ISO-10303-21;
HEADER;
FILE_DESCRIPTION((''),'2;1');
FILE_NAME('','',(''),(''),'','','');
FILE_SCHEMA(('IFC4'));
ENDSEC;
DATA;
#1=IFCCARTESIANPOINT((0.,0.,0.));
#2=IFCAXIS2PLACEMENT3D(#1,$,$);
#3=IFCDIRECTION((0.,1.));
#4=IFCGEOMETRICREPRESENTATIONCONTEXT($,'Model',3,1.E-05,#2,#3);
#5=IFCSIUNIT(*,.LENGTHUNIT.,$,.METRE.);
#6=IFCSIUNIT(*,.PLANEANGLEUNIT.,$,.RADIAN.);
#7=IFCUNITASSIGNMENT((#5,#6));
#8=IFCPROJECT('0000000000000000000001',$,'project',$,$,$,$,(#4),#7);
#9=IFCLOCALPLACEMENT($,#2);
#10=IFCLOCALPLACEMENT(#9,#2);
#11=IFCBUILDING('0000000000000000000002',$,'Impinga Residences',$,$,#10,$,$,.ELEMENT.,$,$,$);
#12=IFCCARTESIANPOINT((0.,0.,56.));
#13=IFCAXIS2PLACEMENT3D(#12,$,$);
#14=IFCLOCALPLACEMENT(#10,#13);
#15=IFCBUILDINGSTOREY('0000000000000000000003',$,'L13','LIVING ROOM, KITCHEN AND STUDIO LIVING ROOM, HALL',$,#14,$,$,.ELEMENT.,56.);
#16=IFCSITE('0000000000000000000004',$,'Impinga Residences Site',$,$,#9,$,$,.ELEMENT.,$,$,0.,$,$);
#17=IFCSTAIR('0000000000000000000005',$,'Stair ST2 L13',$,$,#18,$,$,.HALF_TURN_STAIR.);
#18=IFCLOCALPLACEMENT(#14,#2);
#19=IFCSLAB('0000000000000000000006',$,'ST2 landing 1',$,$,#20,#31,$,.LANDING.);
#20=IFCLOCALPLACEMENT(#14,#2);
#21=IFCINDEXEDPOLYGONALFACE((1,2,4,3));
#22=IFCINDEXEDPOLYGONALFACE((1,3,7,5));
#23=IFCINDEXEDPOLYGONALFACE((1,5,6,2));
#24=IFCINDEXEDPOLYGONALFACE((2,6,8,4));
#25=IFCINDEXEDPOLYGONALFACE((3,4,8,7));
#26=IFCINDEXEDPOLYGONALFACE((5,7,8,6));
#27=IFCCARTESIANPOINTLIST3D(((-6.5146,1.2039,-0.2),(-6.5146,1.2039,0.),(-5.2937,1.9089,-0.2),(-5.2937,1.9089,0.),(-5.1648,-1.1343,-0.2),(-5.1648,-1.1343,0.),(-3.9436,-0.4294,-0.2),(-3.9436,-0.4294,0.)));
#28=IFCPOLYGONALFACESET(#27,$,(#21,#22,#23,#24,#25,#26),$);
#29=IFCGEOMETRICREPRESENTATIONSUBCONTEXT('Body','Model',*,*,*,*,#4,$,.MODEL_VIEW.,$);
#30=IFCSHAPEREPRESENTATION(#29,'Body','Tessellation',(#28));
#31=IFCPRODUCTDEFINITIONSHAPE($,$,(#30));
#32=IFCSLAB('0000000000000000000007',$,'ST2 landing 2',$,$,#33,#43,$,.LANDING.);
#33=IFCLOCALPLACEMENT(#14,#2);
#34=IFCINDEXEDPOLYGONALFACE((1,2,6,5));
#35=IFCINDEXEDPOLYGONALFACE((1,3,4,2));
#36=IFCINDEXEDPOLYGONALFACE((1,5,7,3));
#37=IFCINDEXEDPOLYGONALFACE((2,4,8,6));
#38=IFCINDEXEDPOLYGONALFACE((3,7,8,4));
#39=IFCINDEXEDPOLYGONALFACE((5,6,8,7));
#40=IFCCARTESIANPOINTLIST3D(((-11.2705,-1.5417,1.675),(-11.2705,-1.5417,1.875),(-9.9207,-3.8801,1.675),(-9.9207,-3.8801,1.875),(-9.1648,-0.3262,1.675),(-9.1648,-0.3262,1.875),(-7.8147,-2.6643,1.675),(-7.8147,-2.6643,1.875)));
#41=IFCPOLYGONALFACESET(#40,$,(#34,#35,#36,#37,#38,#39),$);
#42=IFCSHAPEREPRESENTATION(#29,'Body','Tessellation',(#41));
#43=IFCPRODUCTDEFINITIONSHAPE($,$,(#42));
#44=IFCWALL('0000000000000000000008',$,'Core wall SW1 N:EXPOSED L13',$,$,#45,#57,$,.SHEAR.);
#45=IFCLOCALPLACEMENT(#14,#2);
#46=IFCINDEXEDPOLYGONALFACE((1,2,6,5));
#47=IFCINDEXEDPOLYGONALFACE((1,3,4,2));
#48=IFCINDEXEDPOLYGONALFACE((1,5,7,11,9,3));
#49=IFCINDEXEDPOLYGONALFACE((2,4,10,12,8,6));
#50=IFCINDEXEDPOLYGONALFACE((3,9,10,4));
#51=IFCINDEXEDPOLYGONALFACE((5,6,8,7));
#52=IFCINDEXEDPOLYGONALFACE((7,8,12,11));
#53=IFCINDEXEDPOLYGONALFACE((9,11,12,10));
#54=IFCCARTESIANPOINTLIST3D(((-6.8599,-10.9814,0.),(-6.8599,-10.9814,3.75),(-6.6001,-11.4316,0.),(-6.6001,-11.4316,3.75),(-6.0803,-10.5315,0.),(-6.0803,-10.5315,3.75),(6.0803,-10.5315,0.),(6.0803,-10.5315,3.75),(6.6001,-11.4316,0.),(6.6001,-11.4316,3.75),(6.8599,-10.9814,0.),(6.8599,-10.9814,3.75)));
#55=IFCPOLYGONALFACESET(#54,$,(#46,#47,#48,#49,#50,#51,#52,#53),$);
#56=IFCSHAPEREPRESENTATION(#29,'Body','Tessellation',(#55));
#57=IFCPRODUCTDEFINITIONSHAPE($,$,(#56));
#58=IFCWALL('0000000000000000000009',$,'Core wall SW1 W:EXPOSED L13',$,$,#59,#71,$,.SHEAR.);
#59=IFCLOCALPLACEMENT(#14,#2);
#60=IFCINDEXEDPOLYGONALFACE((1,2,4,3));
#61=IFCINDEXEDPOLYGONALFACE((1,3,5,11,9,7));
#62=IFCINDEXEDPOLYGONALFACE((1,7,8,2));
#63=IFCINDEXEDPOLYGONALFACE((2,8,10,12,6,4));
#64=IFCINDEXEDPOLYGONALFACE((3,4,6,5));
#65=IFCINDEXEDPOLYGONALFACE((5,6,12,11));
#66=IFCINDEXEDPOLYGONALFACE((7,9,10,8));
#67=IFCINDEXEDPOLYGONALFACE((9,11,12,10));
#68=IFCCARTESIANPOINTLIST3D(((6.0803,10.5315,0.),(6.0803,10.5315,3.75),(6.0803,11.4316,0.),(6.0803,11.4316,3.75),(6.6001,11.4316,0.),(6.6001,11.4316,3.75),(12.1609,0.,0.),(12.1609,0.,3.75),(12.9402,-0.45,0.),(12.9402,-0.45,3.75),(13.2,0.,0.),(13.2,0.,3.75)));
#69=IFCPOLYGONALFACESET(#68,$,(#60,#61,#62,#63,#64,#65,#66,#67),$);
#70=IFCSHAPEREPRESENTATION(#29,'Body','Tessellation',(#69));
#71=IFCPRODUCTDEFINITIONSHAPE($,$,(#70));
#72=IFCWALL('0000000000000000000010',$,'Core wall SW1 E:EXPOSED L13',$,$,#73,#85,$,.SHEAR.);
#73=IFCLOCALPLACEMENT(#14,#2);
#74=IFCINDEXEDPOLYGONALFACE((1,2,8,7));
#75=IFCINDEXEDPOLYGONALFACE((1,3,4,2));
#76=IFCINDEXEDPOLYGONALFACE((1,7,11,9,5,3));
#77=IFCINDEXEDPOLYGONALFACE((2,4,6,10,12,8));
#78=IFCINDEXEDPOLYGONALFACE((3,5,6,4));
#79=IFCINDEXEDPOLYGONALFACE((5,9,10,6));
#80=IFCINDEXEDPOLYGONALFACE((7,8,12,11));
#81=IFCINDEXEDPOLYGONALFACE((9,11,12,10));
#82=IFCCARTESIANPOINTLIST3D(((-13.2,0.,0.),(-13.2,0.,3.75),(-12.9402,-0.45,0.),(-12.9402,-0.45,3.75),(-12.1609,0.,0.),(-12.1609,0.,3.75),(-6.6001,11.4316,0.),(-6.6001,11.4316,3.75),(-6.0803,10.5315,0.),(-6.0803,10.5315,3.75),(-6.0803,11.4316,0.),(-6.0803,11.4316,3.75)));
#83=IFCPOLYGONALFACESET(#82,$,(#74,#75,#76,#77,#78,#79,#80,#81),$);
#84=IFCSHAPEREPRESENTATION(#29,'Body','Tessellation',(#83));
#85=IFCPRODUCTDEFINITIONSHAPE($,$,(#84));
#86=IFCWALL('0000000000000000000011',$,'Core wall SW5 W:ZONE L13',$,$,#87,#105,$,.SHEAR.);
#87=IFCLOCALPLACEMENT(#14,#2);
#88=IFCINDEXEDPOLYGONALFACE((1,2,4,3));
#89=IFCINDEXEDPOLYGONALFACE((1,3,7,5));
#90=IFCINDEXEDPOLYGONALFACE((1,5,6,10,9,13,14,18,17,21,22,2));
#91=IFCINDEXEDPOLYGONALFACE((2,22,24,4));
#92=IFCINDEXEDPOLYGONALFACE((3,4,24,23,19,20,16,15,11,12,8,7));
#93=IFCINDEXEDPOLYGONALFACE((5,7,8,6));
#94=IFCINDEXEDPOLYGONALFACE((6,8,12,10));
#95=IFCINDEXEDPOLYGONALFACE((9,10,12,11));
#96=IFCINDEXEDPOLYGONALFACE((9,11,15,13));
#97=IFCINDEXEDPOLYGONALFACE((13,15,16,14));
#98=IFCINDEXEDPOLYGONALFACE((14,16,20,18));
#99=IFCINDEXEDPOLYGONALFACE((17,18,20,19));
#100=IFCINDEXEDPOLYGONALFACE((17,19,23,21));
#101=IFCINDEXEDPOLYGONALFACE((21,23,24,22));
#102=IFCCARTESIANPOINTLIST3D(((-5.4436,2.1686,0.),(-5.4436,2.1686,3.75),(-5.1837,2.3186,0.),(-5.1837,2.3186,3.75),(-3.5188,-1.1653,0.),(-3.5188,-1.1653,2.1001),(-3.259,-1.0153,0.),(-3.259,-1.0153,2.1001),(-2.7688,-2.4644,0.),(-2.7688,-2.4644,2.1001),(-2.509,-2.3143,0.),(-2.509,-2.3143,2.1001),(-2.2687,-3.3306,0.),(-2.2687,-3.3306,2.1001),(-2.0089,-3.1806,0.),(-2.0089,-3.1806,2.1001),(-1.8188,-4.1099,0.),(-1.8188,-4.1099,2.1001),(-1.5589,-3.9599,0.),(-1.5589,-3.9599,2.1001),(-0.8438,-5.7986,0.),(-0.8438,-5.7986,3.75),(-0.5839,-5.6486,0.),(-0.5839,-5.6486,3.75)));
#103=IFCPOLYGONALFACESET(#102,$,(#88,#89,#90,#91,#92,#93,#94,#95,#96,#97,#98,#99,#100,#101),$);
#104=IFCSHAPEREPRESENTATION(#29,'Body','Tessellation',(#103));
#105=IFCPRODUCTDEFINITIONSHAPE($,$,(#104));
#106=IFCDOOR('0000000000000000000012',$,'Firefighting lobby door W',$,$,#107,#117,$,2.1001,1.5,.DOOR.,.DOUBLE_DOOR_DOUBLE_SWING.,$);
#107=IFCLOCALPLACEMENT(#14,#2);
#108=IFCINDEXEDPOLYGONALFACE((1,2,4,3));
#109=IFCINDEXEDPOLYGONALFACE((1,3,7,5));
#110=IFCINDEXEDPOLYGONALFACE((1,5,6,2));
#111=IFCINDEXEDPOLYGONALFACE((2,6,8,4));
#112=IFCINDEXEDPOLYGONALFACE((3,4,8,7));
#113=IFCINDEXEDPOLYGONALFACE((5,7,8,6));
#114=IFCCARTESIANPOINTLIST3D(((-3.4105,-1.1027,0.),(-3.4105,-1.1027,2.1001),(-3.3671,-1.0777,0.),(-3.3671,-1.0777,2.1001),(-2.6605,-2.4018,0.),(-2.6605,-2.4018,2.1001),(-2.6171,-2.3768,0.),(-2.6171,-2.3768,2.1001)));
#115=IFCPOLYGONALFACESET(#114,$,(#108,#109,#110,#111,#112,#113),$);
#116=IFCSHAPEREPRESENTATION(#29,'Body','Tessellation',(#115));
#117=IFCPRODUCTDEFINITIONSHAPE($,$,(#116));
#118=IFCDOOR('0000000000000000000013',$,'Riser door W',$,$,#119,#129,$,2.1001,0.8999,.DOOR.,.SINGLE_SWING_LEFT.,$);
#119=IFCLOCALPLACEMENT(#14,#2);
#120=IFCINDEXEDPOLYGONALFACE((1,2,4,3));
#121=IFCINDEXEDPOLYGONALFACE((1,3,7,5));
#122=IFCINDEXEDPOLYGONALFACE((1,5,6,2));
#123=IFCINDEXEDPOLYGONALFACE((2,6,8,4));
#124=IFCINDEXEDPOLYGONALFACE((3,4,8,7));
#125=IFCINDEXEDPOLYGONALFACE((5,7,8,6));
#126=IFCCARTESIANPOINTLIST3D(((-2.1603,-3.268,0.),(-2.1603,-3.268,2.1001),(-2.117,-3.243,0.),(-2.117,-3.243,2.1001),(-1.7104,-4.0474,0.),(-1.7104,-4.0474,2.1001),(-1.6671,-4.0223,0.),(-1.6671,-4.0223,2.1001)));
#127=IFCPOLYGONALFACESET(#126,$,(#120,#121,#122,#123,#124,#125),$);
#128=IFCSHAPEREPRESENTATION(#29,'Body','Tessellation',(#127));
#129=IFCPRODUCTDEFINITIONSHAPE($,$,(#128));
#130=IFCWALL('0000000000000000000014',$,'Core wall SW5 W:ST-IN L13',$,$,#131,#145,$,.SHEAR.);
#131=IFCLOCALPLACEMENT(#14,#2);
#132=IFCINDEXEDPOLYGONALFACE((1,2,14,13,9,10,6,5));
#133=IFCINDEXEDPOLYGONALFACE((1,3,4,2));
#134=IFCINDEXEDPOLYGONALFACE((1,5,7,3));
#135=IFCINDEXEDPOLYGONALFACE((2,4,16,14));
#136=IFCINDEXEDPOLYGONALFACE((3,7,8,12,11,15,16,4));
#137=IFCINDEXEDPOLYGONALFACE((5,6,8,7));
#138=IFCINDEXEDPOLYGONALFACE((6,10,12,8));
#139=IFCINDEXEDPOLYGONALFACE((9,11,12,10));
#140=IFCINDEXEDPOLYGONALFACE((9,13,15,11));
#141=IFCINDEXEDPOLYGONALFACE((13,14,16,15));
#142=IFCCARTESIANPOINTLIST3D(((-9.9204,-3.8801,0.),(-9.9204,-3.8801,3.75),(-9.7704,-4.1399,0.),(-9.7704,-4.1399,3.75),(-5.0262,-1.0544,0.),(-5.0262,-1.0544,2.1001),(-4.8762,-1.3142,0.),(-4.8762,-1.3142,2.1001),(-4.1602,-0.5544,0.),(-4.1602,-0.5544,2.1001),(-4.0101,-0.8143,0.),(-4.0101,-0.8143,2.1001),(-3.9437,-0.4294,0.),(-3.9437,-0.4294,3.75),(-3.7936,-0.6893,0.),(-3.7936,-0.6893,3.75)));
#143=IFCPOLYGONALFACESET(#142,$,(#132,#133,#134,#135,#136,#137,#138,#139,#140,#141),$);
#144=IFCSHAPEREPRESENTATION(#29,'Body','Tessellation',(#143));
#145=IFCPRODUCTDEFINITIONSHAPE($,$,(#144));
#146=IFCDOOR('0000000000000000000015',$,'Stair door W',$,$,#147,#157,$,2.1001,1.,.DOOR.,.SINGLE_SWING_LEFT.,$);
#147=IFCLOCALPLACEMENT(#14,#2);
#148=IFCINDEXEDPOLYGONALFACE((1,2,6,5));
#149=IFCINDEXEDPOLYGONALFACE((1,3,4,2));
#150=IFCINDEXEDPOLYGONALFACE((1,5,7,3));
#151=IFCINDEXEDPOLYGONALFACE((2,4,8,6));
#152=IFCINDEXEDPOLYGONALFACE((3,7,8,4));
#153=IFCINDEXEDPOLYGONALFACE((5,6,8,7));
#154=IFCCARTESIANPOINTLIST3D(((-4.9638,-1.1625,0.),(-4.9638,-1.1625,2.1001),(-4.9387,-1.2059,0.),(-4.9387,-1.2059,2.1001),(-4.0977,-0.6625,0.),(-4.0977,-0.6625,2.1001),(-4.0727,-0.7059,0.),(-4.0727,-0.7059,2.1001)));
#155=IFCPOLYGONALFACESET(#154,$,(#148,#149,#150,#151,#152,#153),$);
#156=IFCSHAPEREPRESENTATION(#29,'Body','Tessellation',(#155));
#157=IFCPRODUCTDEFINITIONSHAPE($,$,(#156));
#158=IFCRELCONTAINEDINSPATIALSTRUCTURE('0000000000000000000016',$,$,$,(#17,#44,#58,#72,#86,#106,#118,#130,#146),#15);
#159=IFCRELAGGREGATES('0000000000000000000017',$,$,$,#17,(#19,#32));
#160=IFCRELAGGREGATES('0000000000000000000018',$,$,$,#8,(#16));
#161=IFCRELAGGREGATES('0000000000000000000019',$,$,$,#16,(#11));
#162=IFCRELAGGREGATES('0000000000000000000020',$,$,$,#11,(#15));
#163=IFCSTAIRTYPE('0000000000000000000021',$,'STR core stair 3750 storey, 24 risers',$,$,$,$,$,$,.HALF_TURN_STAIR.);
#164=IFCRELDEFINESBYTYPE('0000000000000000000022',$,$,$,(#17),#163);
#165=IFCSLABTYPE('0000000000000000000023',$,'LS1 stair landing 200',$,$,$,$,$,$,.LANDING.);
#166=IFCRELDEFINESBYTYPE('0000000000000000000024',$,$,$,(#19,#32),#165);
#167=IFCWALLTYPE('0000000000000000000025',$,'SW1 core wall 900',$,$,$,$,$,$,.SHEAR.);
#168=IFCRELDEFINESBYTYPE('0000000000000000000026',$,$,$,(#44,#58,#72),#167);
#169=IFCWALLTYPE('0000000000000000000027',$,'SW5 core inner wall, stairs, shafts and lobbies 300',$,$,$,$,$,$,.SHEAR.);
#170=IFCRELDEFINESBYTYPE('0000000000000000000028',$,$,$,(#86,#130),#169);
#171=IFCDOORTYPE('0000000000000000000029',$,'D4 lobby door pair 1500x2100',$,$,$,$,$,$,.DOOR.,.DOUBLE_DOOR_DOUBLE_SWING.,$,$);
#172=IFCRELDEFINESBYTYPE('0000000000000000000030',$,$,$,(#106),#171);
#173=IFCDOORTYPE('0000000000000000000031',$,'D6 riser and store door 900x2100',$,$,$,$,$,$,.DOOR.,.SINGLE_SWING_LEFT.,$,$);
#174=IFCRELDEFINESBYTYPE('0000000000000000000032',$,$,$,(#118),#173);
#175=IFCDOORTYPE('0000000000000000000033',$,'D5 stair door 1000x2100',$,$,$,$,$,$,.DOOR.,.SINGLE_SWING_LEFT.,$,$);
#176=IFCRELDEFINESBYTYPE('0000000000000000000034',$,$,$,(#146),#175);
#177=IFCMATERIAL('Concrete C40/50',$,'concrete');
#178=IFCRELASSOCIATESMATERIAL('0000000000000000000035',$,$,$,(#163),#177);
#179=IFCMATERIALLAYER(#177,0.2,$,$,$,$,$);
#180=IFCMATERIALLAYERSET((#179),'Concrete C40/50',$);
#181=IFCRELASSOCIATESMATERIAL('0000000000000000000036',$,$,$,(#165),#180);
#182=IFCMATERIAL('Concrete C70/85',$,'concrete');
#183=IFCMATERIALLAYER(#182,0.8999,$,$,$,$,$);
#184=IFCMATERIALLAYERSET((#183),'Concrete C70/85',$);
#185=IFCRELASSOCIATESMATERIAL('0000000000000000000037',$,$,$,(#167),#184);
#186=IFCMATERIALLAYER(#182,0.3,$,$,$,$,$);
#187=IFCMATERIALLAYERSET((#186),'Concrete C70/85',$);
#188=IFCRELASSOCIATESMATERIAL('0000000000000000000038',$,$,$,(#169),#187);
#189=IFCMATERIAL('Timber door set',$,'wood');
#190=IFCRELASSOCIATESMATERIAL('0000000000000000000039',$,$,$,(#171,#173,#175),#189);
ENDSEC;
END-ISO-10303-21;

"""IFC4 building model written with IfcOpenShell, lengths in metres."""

from ifc_helpers import new_model, si_unit, direction, frame, frame_2d, origin, place, context, subcontext, project, spatial, polyline, rectangle, outline, extrude, material, layer, layer_set, type_object, element, fill, aggregate, save


model = new_model("IFC4")

# Units and contexts
model_context = context("Model", 3, precision=1e-05, world=origin(), true_north=direction((0.0, 1.0)))
body_context = subcontext(model_context, "Body", "Model", "MODEL_VIEW")
ifc_project = project(units=[si_unit("LENGTHUNIT", "METRE"), si_unit("PLANEANGLEUNIT", "RADIAN")], contexts=[model_context])

# Site, building, storey
site_placement = place(None, origin())
site = spatial("IfcSite", under=ifc_project, at=site_placement, Name="Impinga Residences Site", CompositionType="ELEMENT", RefElevation=0.0)
building_placement = place(site_placement, origin())
building = spatial("IfcBuilding", under=site, at=building_placement, Name="Impinga Residences", CompositionType="ELEMENT")
storey_placement = place(building_placement, frame((0.0, 0.0, 56.0)))
storey = spatial("IfcBuildingStorey", under=building, at=storey_placement, Name="L13", Description="LIVING ROOM, KITCHEN AND STUDIO LIVING ROOM, HALL", CompositionType="ELEMENT", Elevation=56.0)

# Stair, slabs
ifc_material_1 = material(Name="Concrete C40/50", Category="concrete")
stair_type = type_object("IfcStairType", Name="STR core stair 3750 storey, 24 risers", PredefinedType="HALF_TURN_STAIR", material=ifc_material_1)
ifc_layer_1 = layer(ifc_material_1, 0.2)
ifc_layer_set_1 = layer_set([ifc_layer_1], Name="Concrete C40/50")
slab_type_1 = type_object("IfcSlabType", Name="LS1 stair landing 200", PredefinedType="LANDING", material=ifc_layer_set_1)
stair_1_placement = place(storey_placement, origin())
stair_1 = element("IfcStair", 1, at=stair_1_placement, inside=storey, type_object=stair_type, Name="Stair ST2 L13", PredefinedType="HALF_TURN_STAIR")
slab_1_placement = place(storey_placement, frame((0.0, 0.0, -0.2)))
slab_1 = element("IfcSlab", 2, at=slab_1_placement, type_object=slab_type_1, Name="ST2 landing 1", PredefinedType="LANDING", context=body_context, shape_type="SweptSolid", body=[
    extrude(outline(polyline([(-3.9436, -0.4294), (-5.2937, 1.9089), (-6.5146, 1.2039), (-5.1648, -1.1343), (-3.9436, -0.4294)])), origin(), (0.0, 0.0, 1.0), 0.2),
])
slab_2_placement = place(storey_placement, frame((0.0, 0.0, 1.675)))
slab_2 = element("IfcSlab", 3, at=slab_2_placement, type_object=slab_type_1, Name="ST2 landing 2", PredefinedType="LANDING", context=body_context, shape_type="SweptSolid", body=[
    extrude(outline(polyline([(-7.8147, -2.6643), (-9.1648, -0.3262), (-11.2705, -1.5417), (-9.9207, -3.8801), (-7.8147, -2.6643)])), origin(), (0.0, 0.0, 1.0), 0.2),
])

# Walls
ifc_material_2 = material(Name="Concrete C70/85", Category="concrete")
ifc_layer_2 = layer(ifc_material_2, 0.8999)
ifc_layer_set_2 = layer_set([ifc_layer_2], Name="Concrete C70/85")
wall_type_1 = type_object("IfcWallType", Name="SW1 core wall 900", PredefinedType="SHEAR", material=ifc_layer_set_2)
wall_1_placement = place(storey_placement, origin())
element("IfcWall", 4, at=wall_1_placement, inside=storey, type_object=wall_type_1, Name="Core wall SW1 N:EXPOSED L13", PredefinedType="SHEAR", context=body_context, shape_type="SweptSolid", body=[
    extrude(outline(polyline([(-6.6001, -11.4316), (6.6001, -11.4316), (6.8599, -10.9814), (6.0803, -10.5315), (-6.0803, -10.5315), (-6.8599, -10.9814), (-6.6001, -11.4316)])), origin(), (0.0, 0.0, 1.0), 3.75),
])
wall_2_placement = place(storey_placement, origin())
element("IfcWall", 5, at=wall_2_placement, inside=storey, type_object=wall_type_1, Name="Core wall SW1 W:EXPOSED L13", PredefinedType="SHEAR", context=body_context, shape_type="SweptSolid", body=[
    extrude(outline(polyline([(13.2, 0.0), (6.6001, 11.4316), (6.0803, 11.4316), (6.0803, 10.5315), (12.1609, 0.0), (12.9402, -0.45), (13.2, 0.0)])), origin(), (0.0, 0.0, 1.0), 3.75),
])
wall_3_placement = place(storey_placement, origin())
element("IfcWall", 6, at=wall_3_placement, inside=storey, type_object=wall_type_1, Name="Core wall SW1 E:EXPOSED L13", PredefinedType="SHEAR", context=body_context, shape_type="SweptSolid", body=[
    extrude(outline(polyline([(-6.6001, 11.4316), (-13.2, 0.0), (-12.9402, -0.45), (-12.1609, 0.0), (-6.0803, 10.5315), (-6.0803, 11.4316), (-6.6001, 11.4316)])), origin(), (0.0, 0.0, 1.0), 3.75),
])

# Wall, openings, doors
ifc_layer_3 = layer(ifc_material_2, 0.3)
ifc_layer_set_3 = layer_set([ifc_layer_3], Name="Concrete C70/85")
wall_type_2 = type_object("IfcWallType", Name="SW5 core inner wall, stairs, shafts and lobbies 300", PredefinedType="SHEAR", material=ifc_layer_set_3)
wall_4_placement = place(storey_placement, frame((-0.7139, -5.7236, 0.0), z_axis=(0.0, 0.0, 1.0), x_axis=(-0.499995, 0.866028, 0.0)))
wall_4 = element("IfcWall", 7, at=wall_4_placement, inside=storey, type_object=wall_type_2, Name="Core wall SW5 W:ZONE L13", PredefinedType="SHEAR", context=body_context, shape_type="SweptSolid", body=[
    extrude(rectangle(XDim=9.1997, YDim=0.3, at=frame_2d((4.5999, 0.0))), origin(), (0.0, 0.0, 1.0), 3.75),
])
opening_1_placement = place(wall_4_placement, frame((3.8501, 0.0, 0.0)))
opening_1 = element("IfcOpeningElement", 8, at=opening_1_placement, cuts=wall_4, PredefinedType="OPENING", context=body_context, shape_type="SweptSolid", body=[
    extrude(rectangle(XDim=1.5, YDim=2.1001, at=frame_2d((0.75, 1.05))), frame((0.0, 0.1599, 0.0), z_axis=(0.0, -1.0, 0.0), x_axis=(1.0, 0.0, 0.0)), (0.0, 0.0, 1.0), 0.3201),
])
opening_2_placement = place(wall_4_placement, frame((1.95, 0.0, 0.0)))
opening_2 = element("IfcOpeningElement", 9, at=opening_2_placement, cuts=wall_4, PredefinedType="OPENING", context=body_context, shape_type="SweptSolid", body=[
    extrude(rectangle(XDim=0.8999, YDim=2.1001, at=frame_2d((0.45, 1.05))), frame((0.0, 0.1599, 0.0), z_axis=(0.0, -1.0, 0.0), x_axis=(1.0, 0.0, 0.0)), (0.0, 0.0, 1.0), 0.3201),
])
ifc_material_3 = material(Name="Timber door set", Category="wood")
door_type_1 = type_object("IfcDoorType", Name="D4 lobby door pair 1500x2100", OperationType="DOUBLE_DOOR_DOUBLE_SWING", PredefinedType="DOOR", material=ifc_material_3)
door_1_placement = place(opening_1_placement, origin())
door_1 = element("IfcDoor", 10, at=door_1_placement, inside=storey, type_object=door_type_1, Name="Firefighting lobby door W", OperationType="DOUBLE_DOOR_DOUBLE_SWING", OverallHeight=2.1001, OverallWidth=1.5, PredefinedType="DOOR", context=body_context, shape_type="SweptSolid", body=[
    extrude(rectangle(XDim=1.5, YDim=2.1001, at=frame_2d((0.75, 1.05))), frame((0.0, 0.0249, 0.0), z_axis=(0.0, -1.0, 0.0), x_axis=(1.0, 0.0, 0.0)), (0.0, 0.0, 1.0), 0.05),
])
fill(opening_1, door_1)
door_type_2 = type_object("IfcDoorType", Name="D6 riser and store door 900x2100", OperationType="SINGLE_SWING_LEFT", PredefinedType="DOOR", material=ifc_material_3)
door_2_placement = place(opening_2_placement, origin())
door_2 = element("IfcDoor", 11, at=door_2_placement, inside=storey, type_object=door_type_2, Name="Riser door W", OperationType="SINGLE_SWING_LEFT", OverallHeight=2.1001, OverallWidth=0.8999, PredefinedType="DOOR", context=body_context, shape_type="SweptSolid", body=[
    extrude(rectangle(XDim=0.8999, YDim=2.1001, at=frame_2d((0.45, 1.05))), frame((0.0, 0.0249, 0.0), z_axis=(0.0, -1.0, 0.0), x_axis=(1.0, 0.0, 0.0)), (0.0, 0.0, 1.0), 0.05),
])
fill(opening_2, door_2)

# Wall, opening, door
wall_5_placement = place(storey_placement, frame((-3.8687, -0.5593, 0.0), z_axis=(0.0, 0.0, 1.0), x_axis=(-0.866027, -0.499997, 0.0)))
wall_5 = element("IfcWall", 12, at=wall_5_placement, inside=storey, type_object=wall_type_2, Name="Core wall SW5 W:ST-IN L13", PredefinedType="SHEAR", context=body_context, shape_type="SweptSolid", body=[
    extrude(rectangle(XDim=6.9014, YDim=0.3, at=frame_2d((3.4507, 0.0))), origin(), (0.0, 0.0, 1.0), 3.75),
])
opening_3_placement = place(wall_5_placement, frame((0.25, 0.0, 0.0)))
opening_3 = element("IfcOpeningElement", 13, at=opening_3_placement, cuts=wall_5, PredefinedType="OPENING", context=body_context, shape_type="SweptSolid", body=[
    extrude(rectangle(XDim=1.0, YDim=2.1001, at=frame_2d((0.5, 1.05))), frame((0.0, 0.1599, 0.0), z_axis=(0.0, -1.0, 0.0), x_axis=(1.0, 0.0, 0.0)), (0.0, 0.0, 1.0), 0.3201),
])
door_type_3 = type_object("IfcDoorType", Name="D5 stair door 1000x2100", OperationType="SINGLE_SWING_LEFT", PredefinedType="DOOR", material=ifc_material_3)
door_3_placement = place(opening_3_placement, origin())
door_3 = element("IfcDoor", 14, at=door_3_placement, inside=storey, type_object=door_type_3, Name="Stair door W", OperationType="SINGLE_SWING_LEFT", OverallHeight=2.1001, OverallWidth=1.0, PredefinedType="DOOR", context=body_context, shape_type="SweptSolid", body=[
    extrude(rectangle(XDim=1.0, YDim=2.1001, at=frame_2d((0.5, 1.05))), frame((0.0, 0.0249, 0.0), z_axis=(0.0, -1.0, 0.0), x_axis=(1.0, 0.0, 0.0)), (0.0, 0.0, 1.0), 0.05),
])
fill(opening_3, door_3)

aggregate(stair_1, [slab_1, slab_2])

save(model, "model.ifc")
